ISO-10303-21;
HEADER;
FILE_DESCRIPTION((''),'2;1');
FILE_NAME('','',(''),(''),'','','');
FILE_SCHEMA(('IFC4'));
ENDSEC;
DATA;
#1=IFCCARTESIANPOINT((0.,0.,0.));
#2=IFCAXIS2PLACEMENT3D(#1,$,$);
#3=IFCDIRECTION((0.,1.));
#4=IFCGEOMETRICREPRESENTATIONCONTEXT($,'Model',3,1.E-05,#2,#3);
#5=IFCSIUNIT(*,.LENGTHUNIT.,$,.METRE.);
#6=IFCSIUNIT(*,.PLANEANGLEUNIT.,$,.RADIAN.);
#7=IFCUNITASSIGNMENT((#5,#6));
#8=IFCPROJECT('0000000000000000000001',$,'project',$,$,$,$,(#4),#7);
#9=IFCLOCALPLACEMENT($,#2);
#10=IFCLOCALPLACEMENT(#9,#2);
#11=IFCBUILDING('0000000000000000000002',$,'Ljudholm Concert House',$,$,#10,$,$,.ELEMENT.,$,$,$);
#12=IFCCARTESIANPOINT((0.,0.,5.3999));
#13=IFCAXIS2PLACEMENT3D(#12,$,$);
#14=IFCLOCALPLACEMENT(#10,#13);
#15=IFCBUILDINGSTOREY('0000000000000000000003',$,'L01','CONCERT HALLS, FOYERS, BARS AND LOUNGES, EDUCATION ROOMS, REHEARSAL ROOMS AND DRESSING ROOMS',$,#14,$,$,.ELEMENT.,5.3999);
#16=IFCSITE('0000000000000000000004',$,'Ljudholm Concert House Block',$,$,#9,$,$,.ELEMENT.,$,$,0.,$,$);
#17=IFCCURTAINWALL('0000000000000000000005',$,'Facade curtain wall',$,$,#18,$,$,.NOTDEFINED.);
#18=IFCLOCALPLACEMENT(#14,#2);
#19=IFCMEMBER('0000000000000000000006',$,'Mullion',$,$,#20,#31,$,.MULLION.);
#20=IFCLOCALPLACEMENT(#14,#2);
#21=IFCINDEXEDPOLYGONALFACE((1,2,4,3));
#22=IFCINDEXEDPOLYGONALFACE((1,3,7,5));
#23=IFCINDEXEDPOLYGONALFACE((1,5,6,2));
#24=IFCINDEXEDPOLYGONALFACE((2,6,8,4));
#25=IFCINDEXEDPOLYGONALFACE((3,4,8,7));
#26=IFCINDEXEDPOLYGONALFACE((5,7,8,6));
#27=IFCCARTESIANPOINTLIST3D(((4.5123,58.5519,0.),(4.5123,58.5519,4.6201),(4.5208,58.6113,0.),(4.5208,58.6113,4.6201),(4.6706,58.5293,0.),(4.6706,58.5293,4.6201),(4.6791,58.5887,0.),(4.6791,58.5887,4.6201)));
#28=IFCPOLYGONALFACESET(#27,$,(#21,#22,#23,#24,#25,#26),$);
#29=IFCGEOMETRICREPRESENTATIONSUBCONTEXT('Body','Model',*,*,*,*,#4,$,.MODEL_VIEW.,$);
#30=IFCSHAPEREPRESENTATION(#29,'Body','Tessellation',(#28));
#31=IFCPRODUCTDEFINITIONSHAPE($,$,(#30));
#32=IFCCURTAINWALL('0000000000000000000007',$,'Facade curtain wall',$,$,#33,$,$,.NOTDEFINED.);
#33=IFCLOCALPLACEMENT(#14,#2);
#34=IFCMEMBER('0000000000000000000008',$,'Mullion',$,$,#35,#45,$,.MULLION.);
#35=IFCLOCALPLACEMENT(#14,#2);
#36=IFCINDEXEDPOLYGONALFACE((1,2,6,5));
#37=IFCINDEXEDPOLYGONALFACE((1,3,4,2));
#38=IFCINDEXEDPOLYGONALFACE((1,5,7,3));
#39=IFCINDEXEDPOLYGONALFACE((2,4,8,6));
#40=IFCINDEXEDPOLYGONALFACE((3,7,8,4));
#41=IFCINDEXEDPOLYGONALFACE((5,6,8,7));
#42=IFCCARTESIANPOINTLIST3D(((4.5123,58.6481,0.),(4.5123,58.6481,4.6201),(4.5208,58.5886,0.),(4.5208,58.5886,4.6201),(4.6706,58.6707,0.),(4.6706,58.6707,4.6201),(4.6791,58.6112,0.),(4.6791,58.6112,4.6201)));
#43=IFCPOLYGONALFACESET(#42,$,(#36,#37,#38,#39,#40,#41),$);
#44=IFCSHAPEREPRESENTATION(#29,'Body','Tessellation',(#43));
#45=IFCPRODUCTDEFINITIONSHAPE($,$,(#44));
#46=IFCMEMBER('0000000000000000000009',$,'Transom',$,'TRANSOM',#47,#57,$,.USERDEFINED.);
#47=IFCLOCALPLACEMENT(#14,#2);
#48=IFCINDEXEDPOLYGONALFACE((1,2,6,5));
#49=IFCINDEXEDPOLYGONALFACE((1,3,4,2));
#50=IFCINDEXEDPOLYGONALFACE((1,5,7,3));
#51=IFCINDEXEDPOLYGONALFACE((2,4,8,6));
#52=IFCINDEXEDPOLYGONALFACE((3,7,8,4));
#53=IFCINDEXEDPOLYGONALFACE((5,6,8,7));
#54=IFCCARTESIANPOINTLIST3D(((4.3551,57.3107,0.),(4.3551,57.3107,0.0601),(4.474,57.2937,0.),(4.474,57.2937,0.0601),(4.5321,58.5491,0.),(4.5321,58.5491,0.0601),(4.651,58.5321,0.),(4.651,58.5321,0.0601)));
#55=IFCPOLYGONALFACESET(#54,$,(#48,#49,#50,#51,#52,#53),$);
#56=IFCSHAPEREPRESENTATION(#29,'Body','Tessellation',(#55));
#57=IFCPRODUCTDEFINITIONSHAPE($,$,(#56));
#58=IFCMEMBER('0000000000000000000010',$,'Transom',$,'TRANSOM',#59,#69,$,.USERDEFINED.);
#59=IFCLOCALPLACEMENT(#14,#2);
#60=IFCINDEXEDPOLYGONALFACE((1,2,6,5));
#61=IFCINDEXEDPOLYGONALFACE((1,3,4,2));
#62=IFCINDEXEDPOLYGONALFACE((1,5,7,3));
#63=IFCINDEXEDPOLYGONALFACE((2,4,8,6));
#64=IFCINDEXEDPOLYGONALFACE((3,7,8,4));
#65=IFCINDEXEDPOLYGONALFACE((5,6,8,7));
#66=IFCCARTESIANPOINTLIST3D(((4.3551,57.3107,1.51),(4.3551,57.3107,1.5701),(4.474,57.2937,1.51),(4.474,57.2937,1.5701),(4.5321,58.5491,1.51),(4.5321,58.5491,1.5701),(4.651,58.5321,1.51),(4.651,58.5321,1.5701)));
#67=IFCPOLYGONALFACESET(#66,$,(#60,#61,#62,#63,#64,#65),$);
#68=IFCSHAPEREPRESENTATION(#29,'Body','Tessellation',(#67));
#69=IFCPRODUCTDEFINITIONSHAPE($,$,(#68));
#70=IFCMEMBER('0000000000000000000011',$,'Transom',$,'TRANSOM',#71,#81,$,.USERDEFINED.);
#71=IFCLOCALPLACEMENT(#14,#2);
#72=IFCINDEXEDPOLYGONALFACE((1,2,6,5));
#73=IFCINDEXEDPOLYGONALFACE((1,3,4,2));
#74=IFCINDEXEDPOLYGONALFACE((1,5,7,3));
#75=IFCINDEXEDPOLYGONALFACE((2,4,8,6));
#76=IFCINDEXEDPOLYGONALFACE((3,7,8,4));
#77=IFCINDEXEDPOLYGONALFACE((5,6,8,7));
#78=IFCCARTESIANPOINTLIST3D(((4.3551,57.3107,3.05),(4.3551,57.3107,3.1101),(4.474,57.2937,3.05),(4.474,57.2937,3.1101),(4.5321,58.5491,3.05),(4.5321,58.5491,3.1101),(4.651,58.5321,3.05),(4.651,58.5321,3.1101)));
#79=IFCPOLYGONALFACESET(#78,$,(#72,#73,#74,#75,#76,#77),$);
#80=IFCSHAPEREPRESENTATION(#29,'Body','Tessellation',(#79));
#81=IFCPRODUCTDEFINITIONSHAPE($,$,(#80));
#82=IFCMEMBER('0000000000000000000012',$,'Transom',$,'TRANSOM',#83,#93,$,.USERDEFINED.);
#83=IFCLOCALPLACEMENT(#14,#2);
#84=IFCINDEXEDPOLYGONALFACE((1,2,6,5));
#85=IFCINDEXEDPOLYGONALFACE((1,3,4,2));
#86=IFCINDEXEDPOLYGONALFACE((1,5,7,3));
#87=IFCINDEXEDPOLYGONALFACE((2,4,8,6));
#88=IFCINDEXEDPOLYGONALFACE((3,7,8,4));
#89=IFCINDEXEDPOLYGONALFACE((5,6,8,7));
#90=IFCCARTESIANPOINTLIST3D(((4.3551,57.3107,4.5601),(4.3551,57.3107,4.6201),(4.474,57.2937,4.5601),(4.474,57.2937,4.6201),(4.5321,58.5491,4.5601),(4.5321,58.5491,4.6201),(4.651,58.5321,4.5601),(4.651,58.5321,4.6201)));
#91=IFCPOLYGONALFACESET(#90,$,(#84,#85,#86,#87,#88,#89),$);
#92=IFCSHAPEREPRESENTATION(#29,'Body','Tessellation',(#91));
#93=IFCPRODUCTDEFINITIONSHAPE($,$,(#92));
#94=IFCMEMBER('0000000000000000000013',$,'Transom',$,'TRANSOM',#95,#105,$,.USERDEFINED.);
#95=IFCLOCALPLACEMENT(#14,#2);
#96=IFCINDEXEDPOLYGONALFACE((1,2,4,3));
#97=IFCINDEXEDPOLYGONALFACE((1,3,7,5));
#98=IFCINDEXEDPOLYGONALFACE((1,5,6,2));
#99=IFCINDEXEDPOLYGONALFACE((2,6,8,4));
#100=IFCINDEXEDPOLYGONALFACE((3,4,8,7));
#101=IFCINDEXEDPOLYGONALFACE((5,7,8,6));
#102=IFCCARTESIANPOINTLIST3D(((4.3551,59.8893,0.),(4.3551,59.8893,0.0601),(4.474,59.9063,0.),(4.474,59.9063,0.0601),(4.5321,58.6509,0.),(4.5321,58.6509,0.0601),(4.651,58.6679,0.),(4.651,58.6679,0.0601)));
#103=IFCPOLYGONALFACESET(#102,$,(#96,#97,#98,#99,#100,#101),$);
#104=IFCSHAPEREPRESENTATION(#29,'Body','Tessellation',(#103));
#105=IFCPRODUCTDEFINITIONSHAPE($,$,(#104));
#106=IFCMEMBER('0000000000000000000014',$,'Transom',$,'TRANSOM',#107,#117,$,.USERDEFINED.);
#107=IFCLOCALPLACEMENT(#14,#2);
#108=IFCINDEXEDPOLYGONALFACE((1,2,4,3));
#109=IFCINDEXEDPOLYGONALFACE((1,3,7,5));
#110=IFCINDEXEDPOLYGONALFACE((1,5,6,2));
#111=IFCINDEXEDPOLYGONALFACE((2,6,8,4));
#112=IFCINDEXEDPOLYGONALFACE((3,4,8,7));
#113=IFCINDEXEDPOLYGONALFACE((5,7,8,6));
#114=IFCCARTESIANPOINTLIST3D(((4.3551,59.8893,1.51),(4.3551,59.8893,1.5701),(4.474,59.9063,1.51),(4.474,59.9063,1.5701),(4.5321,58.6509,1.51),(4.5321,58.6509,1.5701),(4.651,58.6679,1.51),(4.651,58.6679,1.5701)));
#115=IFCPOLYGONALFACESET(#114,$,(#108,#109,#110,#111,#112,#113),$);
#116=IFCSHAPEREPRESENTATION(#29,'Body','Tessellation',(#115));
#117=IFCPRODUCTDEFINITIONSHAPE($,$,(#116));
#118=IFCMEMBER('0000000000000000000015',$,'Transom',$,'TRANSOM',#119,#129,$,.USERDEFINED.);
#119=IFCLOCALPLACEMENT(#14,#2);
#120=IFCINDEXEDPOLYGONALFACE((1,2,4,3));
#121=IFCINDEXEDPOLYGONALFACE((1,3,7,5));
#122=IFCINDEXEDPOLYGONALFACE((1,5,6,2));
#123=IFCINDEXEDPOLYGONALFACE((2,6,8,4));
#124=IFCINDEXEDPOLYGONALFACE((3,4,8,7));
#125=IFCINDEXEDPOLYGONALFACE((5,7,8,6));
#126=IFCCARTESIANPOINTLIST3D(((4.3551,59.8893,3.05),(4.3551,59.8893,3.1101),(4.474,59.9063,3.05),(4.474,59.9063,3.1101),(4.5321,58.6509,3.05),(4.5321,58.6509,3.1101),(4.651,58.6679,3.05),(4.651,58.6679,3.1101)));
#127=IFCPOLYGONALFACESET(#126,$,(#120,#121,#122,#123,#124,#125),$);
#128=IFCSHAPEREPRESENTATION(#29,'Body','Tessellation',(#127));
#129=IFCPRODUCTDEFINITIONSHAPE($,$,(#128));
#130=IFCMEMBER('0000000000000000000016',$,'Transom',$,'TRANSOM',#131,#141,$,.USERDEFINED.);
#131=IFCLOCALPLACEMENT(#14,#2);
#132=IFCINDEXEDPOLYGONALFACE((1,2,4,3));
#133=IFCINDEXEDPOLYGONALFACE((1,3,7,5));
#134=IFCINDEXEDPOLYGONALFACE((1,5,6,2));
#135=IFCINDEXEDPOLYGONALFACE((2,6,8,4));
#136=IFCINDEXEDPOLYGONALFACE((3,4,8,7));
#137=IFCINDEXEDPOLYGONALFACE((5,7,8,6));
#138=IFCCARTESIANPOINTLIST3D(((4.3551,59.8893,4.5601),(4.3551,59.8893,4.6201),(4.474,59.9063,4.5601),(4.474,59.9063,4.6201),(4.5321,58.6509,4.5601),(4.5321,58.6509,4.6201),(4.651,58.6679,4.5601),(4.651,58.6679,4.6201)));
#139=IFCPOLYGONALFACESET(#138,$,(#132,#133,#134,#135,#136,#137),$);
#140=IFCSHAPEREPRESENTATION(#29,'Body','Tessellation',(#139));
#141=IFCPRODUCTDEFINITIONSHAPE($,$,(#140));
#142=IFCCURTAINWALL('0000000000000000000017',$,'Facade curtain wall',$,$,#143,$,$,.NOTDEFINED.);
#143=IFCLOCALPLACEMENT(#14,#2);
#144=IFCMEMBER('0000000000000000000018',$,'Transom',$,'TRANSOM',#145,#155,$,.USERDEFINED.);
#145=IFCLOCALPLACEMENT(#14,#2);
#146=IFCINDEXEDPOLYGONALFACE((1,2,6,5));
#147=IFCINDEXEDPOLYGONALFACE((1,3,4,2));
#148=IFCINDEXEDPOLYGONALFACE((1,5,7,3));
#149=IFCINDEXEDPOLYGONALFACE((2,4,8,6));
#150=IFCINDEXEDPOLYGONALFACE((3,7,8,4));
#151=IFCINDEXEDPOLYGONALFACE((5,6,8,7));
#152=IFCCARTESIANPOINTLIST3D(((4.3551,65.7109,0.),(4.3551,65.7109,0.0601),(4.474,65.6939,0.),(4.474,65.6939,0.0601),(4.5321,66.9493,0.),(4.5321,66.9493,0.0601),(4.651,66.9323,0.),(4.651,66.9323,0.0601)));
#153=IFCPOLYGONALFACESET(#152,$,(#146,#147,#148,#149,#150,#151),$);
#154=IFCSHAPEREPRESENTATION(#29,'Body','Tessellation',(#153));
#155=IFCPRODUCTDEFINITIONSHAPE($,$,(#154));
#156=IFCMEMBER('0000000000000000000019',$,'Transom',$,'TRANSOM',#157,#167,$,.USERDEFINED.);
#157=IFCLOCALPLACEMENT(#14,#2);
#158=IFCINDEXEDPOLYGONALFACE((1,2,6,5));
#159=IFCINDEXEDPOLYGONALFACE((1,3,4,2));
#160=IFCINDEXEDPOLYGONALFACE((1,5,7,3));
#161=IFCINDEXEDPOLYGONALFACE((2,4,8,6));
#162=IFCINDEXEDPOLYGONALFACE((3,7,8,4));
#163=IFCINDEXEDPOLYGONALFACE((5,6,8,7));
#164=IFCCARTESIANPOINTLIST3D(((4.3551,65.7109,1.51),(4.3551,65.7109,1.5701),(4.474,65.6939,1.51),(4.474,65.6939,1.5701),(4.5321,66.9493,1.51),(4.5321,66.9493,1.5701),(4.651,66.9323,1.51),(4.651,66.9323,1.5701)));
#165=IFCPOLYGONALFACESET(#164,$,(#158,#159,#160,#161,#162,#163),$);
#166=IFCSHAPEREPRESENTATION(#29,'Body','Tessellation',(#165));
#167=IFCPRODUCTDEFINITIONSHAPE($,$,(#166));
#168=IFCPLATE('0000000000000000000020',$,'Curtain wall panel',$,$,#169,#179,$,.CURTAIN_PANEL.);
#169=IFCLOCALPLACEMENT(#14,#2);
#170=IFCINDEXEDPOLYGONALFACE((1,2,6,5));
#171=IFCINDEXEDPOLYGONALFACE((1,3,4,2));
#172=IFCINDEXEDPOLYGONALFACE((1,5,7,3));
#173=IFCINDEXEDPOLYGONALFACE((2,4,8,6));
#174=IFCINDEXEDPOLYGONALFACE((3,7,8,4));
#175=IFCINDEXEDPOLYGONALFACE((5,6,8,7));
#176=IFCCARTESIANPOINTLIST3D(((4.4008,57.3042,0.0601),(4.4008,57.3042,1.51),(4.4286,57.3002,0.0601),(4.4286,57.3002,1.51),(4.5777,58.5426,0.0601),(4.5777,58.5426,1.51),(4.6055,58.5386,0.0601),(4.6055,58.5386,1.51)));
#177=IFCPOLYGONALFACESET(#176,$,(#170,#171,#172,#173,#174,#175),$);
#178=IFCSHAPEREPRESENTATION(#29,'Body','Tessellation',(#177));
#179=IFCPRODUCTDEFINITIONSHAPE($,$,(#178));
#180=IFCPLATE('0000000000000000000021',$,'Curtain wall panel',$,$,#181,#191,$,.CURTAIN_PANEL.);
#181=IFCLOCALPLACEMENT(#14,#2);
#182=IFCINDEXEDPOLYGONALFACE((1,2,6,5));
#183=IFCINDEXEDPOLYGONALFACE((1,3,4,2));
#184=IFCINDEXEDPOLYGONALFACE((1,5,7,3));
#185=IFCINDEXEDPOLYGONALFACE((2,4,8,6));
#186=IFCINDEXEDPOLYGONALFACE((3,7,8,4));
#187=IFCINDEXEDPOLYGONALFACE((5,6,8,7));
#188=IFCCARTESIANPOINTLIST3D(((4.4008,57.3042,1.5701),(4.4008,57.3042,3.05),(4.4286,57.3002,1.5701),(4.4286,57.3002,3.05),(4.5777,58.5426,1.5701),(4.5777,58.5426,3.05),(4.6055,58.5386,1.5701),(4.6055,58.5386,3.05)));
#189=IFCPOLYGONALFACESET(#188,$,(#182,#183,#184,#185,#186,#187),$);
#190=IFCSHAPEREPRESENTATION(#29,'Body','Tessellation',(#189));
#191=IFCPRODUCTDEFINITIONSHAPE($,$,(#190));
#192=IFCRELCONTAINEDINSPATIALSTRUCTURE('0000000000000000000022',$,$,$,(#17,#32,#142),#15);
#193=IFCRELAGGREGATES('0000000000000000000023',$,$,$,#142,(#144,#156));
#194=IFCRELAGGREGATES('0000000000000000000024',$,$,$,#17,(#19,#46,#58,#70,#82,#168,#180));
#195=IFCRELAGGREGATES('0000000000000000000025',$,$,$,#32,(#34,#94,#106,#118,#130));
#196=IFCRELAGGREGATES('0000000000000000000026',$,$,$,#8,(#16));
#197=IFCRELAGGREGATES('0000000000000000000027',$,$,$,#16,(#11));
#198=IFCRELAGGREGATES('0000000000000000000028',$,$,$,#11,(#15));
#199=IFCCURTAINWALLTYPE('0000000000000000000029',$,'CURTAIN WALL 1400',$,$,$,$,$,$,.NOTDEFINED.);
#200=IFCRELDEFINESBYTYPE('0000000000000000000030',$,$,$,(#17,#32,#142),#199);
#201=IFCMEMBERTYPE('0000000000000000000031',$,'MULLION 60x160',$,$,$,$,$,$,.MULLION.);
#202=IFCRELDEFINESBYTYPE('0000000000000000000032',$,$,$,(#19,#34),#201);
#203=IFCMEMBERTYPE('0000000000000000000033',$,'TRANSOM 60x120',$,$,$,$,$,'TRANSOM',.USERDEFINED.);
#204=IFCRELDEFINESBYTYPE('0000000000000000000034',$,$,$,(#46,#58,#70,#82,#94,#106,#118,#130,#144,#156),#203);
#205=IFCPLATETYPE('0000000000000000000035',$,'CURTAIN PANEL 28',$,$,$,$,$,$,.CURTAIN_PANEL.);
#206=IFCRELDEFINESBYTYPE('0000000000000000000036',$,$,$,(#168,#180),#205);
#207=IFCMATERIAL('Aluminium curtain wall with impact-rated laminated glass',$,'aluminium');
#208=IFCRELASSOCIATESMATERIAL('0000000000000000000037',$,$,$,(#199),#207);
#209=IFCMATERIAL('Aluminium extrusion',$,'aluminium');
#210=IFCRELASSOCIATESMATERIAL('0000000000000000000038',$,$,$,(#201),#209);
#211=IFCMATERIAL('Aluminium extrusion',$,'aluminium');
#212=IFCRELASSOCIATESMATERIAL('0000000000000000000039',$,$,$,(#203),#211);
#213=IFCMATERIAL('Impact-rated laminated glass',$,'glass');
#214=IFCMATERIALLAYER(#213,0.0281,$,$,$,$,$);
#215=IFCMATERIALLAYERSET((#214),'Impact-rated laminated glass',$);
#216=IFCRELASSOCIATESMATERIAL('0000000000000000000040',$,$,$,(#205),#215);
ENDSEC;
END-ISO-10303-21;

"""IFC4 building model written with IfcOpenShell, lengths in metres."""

from ifc_helpers import new_model, si_unit, direction, frame, origin, origin_2d, place, context, subcontext, project, spatial, rectangle, extrude, material, layer, layer_set, material_profile, profile_set, type_object, element, aggregate, save


model = new_model("IFC4")

# Units and contexts
model_context = context("Model", 3, precision=1e-05, world=origin(), true_north=direction((0.0, 1.0)))
body_context = subcontext(model_context, "Body", "Model", "MODEL_VIEW")
ifc_project = project(units=[si_unit("LENGTHUNIT", "METRE"), si_unit("PLANEANGLEUNIT", "RADIAN")], contexts=[model_context])

# Site, building, storey
site_placement = place(None, origin())
site = spatial("IfcSite", under=ifc_project, at=site_placement, Name="Ljudholm Concert House Block", CompositionType="ELEMENT", RefElevation=0.0)
building_placement = place(site_placement, origin())
building = spatial("IfcBuilding", under=site, at=building_placement, Name="Ljudholm Concert House", CompositionType="ELEMENT")
storey_placement = place(building_placement, frame((0.0, 0.0, 5.3999)))
storey = spatial("IfcBuildingStorey", under=building, at=storey_placement, Name="L01", Description="CONCERT HALLS, FOYERS, BARS AND LOUNGES, EDUCATION ROOMS, REHEARSAL ROOMS AND DRESSING ROOMS", CompositionType="ELEMENT", Elevation=5.3999)

# Curtain walls, members
ifc_material_1 = material(Name="Aluminium curtain wall with impact-rated laminated glass", Category="aluminium")
curtain_wall_type = type_object("IfcCurtainWallType", Name="CURTAIN WALL 1400", PredefinedType="NOTDEFINED", material=ifc_material_1)
curtain_wall_1_placement = place(storey_placement, origin())
curtain_wall_1 = element("IfcCurtainWall", 1, at=curtain_wall_1_placement, inside=storey, type_object=curtain_wall_type, Name="Facade curtain wall", PredefinedType="NOTDEFINED")
ifc_material_2 = material(Name="Aluminium extrusion", Category="aluminium")
ifc_material_profile_1 = material_profile(ifc_material_2, rectangle(XDim=0.1599, YDim=0.0601, at=origin_2d()), Name="MULLION 60x160")
ifc_profile_set_1 = profile_set([ifc_material_profile_1], Name="Aluminium extrusion")
member_type_1 = type_object("IfcMemberType", Name="MULLION 60x160", PredefinedType="MULLION", material=ifc_profile_set_1)
member_1_placement = place(storey_placement, frame((4.5957, 58.5703, 0.0), z_axis=(0.0, 0.0, 1.0), x_axis=(-0.989949, 0.141421, 0.0)))
member_1 = element("IfcMember", 2, at=member_1_placement, type_object=member_type_1, Name="Mullion", PredefinedType="MULLION", context=body_context, shape_type="SweptSolid", body=[
    extrude(rectangle(XDim=0.1599, YDim=0.0601, at=origin_2d()), origin(), (0.0, 0.0, 1.0), 4.6201),
])
curtain_wall_2_placement = place(storey_placement, origin())
curtain_wall_2 = element("IfcCurtainWall", 3, at=curtain_wall_2_placement, inside=storey, type_object=curtain_wall_type, Name="Facade curtain wall", PredefinedType="NOTDEFINED")
member_2_placement = place(storey_placement, frame((4.5957, 58.6296, 0.0), z_axis=(0.0, 0.0, 1.0), x_axis=(-0.989949, -0.141421, 0.0)))
member_2 = element("IfcMember", 4, at=member_2_placement, type_object=member_type_1, Name="Mullion", PredefinedType="MULLION", context=body_context, shape_type="SweptSolid", body=[
    extrude(rectangle(XDim=0.1599, YDim=0.0601, at=origin_2d()), origin(), (0.0, 0.0, 1.0), 4.6201),
])

# Members
ifc_material_3 = material(Name="Aluminium extrusion", Category="aluminium")
ifc_material_profile_2 = material_profile(ifc_material_3, rectangle(XDim=0.1201, YDim=0.0601, at=origin_2d()), Name="TRANSOM 60x120")
ifc_profile_set_2 = profile_set([ifc_material_profile_2], Name="Aluminium extrusion")
member_type_2 = type_object("IfcMemberType", Name="TRANSOM 60x120", ElementType="TRANSOM", PredefinedType="USERDEFINED", material=ifc_profile_set_2)
member_3_placement = place(storey_placement, frame((4.4146, 57.3022, 0.03), z_axis=(0.141503, 0.989938, 0.0), x_axis=(-0.989938, 0.141503, 0.0)))
member_3 = element("IfcMember", 5, at=member_3_placement, type_object=member_type_2, Name="Transom", ObjectType="TRANSOM", PredefinedType="USERDEFINED", context=body_context, shape_type="SweptSolid", body=[
    extrude(rectangle(XDim=0.1201, YDim=0.0601, at=origin_2d()), origin(), (0.0, 0.0, 1.0), 1.251),
])
member_4_placement = place(storey_placement, frame((4.4146, 57.3022, 1.54), z_axis=(0.141503, 0.989938, 0.0), x_axis=(-0.989938, 0.141503, 0.0)))
member_4 = element("IfcMember", 6, at=member_4_placement, type_object=member_type_2, Name="Transom", ObjectType="TRANSOM", PredefinedType="USERDEFINED", context=body_context, shape_type="SweptSolid", body=[
    extrude(rectangle(XDim=0.1201, YDim=0.0601, at=origin_2d()), origin(), (0.0, 0.0, 1.0), 1.251),
])
member_5_placement = place(storey_placement, frame((4.4146, 57.3022, 3.0801), z_axis=(0.141503, 0.989938, 0.0), x_axis=(-0.989938, 0.141503, 0.0)))
member_5 = element("IfcMember", 7, at=member_5_placement, type_object=member_type_2, Name="Transom", ObjectType="TRANSOM", PredefinedType="USERDEFINED", context=body_context, shape_type="SweptSolid", body=[
    extrude(rectangle(XDim=0.1201, YDim=0.0601, at=origin_2d()), origin(), (0.0, 0.0, 1.0), 1.251),
])
member_6_placement = place(storey_placement, frame((4.4146, 57.3022, 4.5901), z_axis=(0.141503, 0.989938, 0.0), x_axis=(-0.989938, 0.141503, 0.0)))
member_6 = element("IfcMember", 8, at=member_6_placement, type_object=member_type_2, Name="Transom", ObjectType="TRANSOM", PredefinedType="USERDEFINED", context=body_context, shape_type="SweptSolid", body=[
    extrude(rectangle(XDim=0.1201, YDim=0.0601, at=origin_2d()), origin(), (0.0, 0.0, 1.0), 1.251),
])
member_7_placement = place(storey_placement, frame((4.5916, 58.6594, 0.03), z_axis=(-0.141503, 0.989938, 0.0), x_axis=(-0.989938, -0.141503, 0.0)))
member_7 = element("IfcMember", 9, at=member_7_placement, type_object=member_type_2, Name="Transom", ObjectType="TRANSOM", PredefinedType="USERDEFINED", context=body_context, shape_type="SweptSolid", body=[
    extrude(rectangle(XDim=0.1201, YDim=0.0601, at=origin_2d()), origin(), (0.0, 0.0, 1.0), 1.251),
])
member_8_placement = place(storey_placement, frame((4.5916, 58.6594, 1.54), z_axis=(-0.141503, 0.989938, 0.0), x_axis=(-0.989938, -0.141503, 0.0)))
member_8 = element("IfcMember", 10, at=member_8_placement, type_object=member_type_2, Name="Transom", ObjectType="TRANSOM", PredefinedType="USERDEFINED", context=body_context, shape_type="SweptSolid", body=[
    extrude(rectangle(XDim=0.1201, YDim=0.0601, at=origin_2d()), origin(), (0.0, 0.0, 1.0), 1.251),
])
member_9_placement = place(storey_placement, frame((4.5916, 58.6594, 3.0801), z_axis=(-0.141503, 0.989938, 0.0), x_axis=(-0.989938, -0.141503, 0.0)))
member_9 = element("IfcMember", 11, at=member_9_placement, type_object=member_type_2, Name="Transom", ObjectType="TRANSOM", PredefinedType="USERDEFINED", context=body_context, shape_type="SweptSolid", body=[
    extrude(rectangle(XDim=0.1201, YDim=0.0601, at=origin_2d()), origin(), (0.0, 0.0, 1.0), 1.251),
])
member_10_placement = place(storey_placement, frame((4.5916, 58.6594, 4.5901), z_axis=(-0.141503, 0.989938, 0.0), x_axis=(-0.989938, -0.141503, 0.0)))
member_10 = element("IfcMember", 12, at=member_10_placement, type_object=member_type_2, Name="Transom", ObjectType="TRANSOM", PredefinedType="USERDEFINED", context=body_context, shape_type="SweptSolid", body=[
    extrude(rectangle(XDim=0.1201, YDim=0.0601, at=origin_2d()), origin(), (0.0, 0.0, 1.0), 1.251),
])

# Curtain wall, members
curtain_wall_3_placement = place(storey_placement, origin())
curtain_wall_3 = element("IfcCurtainWall", 13, at=curtain_wall_3_placement, inside=storey, type_object=curtain_wall_type, Name="Facade curtain wall", PredefinedType="NOTDEFINED")
member_11_placement = place(storey_placement, frame((4.4146, 65.7024, 0.03), z_axis=(0.141503, 0.989938, 0.0), x_axis=(-0.989938, 0.141503, 0.0)))
member_11 = element("IfcMember", 14, at=member_11_placement, type_object=member_type_2, Name="Transom", ObjectType="TRANSOM", PredefinedType="USERDEFINED", context=body_context, shape_type="SweptSolid", body=[
    extrude(rectangle(XDim=0.1201, YDim=0.0601, at=origin_2d()), origin(), (0.0, 0.0, 1.0), 1.251),
])
member_12_placement = place(storey_placement, frame((4.4146, 65.7024, 1.54), z_axis=(0.141503, 0.989938, 0.0), x_axis=(-0.989938, 0.141503, 0.0)))
member_12 = element("IfcMember", 15, at=member_12_placement, type_object=member_type_2, Name="Transom", ObjectType="TRANSOM", PredefinedType="USERDEFINED", context=body_context, shape_type="SweptSolid", body=[
    extrude(rectangle(XDim=0.1201, YDim=0.0601, at=origin_2d()), origin(), (0.0, 0.0, 1.0), 1.251),
])
aggregate(curtain_wall_3, [member_11, member_12])

# Plates
ifc_material_4 = material(Name="Impact-rated laminated glass", Category="glass")
ifc_layer_1 = layer(ifc_material_4, 0.0281)
ifc_layer_set_1 = layer_set([ifc_layer_1], Name="Impact-rated laminated glass")
plate_type = type_object("IfcPlateType", Name="CURTAIN PANEL 28", PredefinedType="CURTAIN_PANEL", material=ifc_layer_set_1)
plate_1_placement = place(storey_placement, frame((4.5032, 57.9214, 0.0601), z_axis=(0.0, 0.0, 1.0), x_axis=(0.141421, 0.989949, 0.0)))
plate_1 = element("IfcPlate", 16, at=plate_1_placement, type_object=plate_type, Name="Curtain wall panel", PredefinedType="CURTAIN_PANEL", context=body_context, shape_type="SweptSolid", body=[
    extrude(rectangle(XDim=1.251, YDim=0.0281, at=origin_2d()), origin(), (0.0, 0.0, 1.0), 1.45),
])
plate_2_placement = place(storey_placement, frame((4.5032, 57.9214, 1.5701), z_axis=(0.0, 0.0, 1.0), x_axis=(0.141421, 0.989949, 0.0)))
plate_2 = element("IfcPlate", 17, at=plate_2_placement, type_object=plate_type, Name="Curtain wall panel", PredefinedType="CURTAIN_PANEL", context=body_context, shape_type="SweptSolid", body=[
    extrude(rectangle(XDim=1.251, YDim=0.0281, at=origin_2d()), origin(), (0.0, 0.0, 1.0), 1.48),
])
aggregate(curtain_wall_1, [member_1, member_3, member_4, member_5, member_6, plate_1, plate_2])
aggregate(curtain_wall_2, [member_2, member_7, member_8, member_9, member_10])

save(model, "model.ifc")
